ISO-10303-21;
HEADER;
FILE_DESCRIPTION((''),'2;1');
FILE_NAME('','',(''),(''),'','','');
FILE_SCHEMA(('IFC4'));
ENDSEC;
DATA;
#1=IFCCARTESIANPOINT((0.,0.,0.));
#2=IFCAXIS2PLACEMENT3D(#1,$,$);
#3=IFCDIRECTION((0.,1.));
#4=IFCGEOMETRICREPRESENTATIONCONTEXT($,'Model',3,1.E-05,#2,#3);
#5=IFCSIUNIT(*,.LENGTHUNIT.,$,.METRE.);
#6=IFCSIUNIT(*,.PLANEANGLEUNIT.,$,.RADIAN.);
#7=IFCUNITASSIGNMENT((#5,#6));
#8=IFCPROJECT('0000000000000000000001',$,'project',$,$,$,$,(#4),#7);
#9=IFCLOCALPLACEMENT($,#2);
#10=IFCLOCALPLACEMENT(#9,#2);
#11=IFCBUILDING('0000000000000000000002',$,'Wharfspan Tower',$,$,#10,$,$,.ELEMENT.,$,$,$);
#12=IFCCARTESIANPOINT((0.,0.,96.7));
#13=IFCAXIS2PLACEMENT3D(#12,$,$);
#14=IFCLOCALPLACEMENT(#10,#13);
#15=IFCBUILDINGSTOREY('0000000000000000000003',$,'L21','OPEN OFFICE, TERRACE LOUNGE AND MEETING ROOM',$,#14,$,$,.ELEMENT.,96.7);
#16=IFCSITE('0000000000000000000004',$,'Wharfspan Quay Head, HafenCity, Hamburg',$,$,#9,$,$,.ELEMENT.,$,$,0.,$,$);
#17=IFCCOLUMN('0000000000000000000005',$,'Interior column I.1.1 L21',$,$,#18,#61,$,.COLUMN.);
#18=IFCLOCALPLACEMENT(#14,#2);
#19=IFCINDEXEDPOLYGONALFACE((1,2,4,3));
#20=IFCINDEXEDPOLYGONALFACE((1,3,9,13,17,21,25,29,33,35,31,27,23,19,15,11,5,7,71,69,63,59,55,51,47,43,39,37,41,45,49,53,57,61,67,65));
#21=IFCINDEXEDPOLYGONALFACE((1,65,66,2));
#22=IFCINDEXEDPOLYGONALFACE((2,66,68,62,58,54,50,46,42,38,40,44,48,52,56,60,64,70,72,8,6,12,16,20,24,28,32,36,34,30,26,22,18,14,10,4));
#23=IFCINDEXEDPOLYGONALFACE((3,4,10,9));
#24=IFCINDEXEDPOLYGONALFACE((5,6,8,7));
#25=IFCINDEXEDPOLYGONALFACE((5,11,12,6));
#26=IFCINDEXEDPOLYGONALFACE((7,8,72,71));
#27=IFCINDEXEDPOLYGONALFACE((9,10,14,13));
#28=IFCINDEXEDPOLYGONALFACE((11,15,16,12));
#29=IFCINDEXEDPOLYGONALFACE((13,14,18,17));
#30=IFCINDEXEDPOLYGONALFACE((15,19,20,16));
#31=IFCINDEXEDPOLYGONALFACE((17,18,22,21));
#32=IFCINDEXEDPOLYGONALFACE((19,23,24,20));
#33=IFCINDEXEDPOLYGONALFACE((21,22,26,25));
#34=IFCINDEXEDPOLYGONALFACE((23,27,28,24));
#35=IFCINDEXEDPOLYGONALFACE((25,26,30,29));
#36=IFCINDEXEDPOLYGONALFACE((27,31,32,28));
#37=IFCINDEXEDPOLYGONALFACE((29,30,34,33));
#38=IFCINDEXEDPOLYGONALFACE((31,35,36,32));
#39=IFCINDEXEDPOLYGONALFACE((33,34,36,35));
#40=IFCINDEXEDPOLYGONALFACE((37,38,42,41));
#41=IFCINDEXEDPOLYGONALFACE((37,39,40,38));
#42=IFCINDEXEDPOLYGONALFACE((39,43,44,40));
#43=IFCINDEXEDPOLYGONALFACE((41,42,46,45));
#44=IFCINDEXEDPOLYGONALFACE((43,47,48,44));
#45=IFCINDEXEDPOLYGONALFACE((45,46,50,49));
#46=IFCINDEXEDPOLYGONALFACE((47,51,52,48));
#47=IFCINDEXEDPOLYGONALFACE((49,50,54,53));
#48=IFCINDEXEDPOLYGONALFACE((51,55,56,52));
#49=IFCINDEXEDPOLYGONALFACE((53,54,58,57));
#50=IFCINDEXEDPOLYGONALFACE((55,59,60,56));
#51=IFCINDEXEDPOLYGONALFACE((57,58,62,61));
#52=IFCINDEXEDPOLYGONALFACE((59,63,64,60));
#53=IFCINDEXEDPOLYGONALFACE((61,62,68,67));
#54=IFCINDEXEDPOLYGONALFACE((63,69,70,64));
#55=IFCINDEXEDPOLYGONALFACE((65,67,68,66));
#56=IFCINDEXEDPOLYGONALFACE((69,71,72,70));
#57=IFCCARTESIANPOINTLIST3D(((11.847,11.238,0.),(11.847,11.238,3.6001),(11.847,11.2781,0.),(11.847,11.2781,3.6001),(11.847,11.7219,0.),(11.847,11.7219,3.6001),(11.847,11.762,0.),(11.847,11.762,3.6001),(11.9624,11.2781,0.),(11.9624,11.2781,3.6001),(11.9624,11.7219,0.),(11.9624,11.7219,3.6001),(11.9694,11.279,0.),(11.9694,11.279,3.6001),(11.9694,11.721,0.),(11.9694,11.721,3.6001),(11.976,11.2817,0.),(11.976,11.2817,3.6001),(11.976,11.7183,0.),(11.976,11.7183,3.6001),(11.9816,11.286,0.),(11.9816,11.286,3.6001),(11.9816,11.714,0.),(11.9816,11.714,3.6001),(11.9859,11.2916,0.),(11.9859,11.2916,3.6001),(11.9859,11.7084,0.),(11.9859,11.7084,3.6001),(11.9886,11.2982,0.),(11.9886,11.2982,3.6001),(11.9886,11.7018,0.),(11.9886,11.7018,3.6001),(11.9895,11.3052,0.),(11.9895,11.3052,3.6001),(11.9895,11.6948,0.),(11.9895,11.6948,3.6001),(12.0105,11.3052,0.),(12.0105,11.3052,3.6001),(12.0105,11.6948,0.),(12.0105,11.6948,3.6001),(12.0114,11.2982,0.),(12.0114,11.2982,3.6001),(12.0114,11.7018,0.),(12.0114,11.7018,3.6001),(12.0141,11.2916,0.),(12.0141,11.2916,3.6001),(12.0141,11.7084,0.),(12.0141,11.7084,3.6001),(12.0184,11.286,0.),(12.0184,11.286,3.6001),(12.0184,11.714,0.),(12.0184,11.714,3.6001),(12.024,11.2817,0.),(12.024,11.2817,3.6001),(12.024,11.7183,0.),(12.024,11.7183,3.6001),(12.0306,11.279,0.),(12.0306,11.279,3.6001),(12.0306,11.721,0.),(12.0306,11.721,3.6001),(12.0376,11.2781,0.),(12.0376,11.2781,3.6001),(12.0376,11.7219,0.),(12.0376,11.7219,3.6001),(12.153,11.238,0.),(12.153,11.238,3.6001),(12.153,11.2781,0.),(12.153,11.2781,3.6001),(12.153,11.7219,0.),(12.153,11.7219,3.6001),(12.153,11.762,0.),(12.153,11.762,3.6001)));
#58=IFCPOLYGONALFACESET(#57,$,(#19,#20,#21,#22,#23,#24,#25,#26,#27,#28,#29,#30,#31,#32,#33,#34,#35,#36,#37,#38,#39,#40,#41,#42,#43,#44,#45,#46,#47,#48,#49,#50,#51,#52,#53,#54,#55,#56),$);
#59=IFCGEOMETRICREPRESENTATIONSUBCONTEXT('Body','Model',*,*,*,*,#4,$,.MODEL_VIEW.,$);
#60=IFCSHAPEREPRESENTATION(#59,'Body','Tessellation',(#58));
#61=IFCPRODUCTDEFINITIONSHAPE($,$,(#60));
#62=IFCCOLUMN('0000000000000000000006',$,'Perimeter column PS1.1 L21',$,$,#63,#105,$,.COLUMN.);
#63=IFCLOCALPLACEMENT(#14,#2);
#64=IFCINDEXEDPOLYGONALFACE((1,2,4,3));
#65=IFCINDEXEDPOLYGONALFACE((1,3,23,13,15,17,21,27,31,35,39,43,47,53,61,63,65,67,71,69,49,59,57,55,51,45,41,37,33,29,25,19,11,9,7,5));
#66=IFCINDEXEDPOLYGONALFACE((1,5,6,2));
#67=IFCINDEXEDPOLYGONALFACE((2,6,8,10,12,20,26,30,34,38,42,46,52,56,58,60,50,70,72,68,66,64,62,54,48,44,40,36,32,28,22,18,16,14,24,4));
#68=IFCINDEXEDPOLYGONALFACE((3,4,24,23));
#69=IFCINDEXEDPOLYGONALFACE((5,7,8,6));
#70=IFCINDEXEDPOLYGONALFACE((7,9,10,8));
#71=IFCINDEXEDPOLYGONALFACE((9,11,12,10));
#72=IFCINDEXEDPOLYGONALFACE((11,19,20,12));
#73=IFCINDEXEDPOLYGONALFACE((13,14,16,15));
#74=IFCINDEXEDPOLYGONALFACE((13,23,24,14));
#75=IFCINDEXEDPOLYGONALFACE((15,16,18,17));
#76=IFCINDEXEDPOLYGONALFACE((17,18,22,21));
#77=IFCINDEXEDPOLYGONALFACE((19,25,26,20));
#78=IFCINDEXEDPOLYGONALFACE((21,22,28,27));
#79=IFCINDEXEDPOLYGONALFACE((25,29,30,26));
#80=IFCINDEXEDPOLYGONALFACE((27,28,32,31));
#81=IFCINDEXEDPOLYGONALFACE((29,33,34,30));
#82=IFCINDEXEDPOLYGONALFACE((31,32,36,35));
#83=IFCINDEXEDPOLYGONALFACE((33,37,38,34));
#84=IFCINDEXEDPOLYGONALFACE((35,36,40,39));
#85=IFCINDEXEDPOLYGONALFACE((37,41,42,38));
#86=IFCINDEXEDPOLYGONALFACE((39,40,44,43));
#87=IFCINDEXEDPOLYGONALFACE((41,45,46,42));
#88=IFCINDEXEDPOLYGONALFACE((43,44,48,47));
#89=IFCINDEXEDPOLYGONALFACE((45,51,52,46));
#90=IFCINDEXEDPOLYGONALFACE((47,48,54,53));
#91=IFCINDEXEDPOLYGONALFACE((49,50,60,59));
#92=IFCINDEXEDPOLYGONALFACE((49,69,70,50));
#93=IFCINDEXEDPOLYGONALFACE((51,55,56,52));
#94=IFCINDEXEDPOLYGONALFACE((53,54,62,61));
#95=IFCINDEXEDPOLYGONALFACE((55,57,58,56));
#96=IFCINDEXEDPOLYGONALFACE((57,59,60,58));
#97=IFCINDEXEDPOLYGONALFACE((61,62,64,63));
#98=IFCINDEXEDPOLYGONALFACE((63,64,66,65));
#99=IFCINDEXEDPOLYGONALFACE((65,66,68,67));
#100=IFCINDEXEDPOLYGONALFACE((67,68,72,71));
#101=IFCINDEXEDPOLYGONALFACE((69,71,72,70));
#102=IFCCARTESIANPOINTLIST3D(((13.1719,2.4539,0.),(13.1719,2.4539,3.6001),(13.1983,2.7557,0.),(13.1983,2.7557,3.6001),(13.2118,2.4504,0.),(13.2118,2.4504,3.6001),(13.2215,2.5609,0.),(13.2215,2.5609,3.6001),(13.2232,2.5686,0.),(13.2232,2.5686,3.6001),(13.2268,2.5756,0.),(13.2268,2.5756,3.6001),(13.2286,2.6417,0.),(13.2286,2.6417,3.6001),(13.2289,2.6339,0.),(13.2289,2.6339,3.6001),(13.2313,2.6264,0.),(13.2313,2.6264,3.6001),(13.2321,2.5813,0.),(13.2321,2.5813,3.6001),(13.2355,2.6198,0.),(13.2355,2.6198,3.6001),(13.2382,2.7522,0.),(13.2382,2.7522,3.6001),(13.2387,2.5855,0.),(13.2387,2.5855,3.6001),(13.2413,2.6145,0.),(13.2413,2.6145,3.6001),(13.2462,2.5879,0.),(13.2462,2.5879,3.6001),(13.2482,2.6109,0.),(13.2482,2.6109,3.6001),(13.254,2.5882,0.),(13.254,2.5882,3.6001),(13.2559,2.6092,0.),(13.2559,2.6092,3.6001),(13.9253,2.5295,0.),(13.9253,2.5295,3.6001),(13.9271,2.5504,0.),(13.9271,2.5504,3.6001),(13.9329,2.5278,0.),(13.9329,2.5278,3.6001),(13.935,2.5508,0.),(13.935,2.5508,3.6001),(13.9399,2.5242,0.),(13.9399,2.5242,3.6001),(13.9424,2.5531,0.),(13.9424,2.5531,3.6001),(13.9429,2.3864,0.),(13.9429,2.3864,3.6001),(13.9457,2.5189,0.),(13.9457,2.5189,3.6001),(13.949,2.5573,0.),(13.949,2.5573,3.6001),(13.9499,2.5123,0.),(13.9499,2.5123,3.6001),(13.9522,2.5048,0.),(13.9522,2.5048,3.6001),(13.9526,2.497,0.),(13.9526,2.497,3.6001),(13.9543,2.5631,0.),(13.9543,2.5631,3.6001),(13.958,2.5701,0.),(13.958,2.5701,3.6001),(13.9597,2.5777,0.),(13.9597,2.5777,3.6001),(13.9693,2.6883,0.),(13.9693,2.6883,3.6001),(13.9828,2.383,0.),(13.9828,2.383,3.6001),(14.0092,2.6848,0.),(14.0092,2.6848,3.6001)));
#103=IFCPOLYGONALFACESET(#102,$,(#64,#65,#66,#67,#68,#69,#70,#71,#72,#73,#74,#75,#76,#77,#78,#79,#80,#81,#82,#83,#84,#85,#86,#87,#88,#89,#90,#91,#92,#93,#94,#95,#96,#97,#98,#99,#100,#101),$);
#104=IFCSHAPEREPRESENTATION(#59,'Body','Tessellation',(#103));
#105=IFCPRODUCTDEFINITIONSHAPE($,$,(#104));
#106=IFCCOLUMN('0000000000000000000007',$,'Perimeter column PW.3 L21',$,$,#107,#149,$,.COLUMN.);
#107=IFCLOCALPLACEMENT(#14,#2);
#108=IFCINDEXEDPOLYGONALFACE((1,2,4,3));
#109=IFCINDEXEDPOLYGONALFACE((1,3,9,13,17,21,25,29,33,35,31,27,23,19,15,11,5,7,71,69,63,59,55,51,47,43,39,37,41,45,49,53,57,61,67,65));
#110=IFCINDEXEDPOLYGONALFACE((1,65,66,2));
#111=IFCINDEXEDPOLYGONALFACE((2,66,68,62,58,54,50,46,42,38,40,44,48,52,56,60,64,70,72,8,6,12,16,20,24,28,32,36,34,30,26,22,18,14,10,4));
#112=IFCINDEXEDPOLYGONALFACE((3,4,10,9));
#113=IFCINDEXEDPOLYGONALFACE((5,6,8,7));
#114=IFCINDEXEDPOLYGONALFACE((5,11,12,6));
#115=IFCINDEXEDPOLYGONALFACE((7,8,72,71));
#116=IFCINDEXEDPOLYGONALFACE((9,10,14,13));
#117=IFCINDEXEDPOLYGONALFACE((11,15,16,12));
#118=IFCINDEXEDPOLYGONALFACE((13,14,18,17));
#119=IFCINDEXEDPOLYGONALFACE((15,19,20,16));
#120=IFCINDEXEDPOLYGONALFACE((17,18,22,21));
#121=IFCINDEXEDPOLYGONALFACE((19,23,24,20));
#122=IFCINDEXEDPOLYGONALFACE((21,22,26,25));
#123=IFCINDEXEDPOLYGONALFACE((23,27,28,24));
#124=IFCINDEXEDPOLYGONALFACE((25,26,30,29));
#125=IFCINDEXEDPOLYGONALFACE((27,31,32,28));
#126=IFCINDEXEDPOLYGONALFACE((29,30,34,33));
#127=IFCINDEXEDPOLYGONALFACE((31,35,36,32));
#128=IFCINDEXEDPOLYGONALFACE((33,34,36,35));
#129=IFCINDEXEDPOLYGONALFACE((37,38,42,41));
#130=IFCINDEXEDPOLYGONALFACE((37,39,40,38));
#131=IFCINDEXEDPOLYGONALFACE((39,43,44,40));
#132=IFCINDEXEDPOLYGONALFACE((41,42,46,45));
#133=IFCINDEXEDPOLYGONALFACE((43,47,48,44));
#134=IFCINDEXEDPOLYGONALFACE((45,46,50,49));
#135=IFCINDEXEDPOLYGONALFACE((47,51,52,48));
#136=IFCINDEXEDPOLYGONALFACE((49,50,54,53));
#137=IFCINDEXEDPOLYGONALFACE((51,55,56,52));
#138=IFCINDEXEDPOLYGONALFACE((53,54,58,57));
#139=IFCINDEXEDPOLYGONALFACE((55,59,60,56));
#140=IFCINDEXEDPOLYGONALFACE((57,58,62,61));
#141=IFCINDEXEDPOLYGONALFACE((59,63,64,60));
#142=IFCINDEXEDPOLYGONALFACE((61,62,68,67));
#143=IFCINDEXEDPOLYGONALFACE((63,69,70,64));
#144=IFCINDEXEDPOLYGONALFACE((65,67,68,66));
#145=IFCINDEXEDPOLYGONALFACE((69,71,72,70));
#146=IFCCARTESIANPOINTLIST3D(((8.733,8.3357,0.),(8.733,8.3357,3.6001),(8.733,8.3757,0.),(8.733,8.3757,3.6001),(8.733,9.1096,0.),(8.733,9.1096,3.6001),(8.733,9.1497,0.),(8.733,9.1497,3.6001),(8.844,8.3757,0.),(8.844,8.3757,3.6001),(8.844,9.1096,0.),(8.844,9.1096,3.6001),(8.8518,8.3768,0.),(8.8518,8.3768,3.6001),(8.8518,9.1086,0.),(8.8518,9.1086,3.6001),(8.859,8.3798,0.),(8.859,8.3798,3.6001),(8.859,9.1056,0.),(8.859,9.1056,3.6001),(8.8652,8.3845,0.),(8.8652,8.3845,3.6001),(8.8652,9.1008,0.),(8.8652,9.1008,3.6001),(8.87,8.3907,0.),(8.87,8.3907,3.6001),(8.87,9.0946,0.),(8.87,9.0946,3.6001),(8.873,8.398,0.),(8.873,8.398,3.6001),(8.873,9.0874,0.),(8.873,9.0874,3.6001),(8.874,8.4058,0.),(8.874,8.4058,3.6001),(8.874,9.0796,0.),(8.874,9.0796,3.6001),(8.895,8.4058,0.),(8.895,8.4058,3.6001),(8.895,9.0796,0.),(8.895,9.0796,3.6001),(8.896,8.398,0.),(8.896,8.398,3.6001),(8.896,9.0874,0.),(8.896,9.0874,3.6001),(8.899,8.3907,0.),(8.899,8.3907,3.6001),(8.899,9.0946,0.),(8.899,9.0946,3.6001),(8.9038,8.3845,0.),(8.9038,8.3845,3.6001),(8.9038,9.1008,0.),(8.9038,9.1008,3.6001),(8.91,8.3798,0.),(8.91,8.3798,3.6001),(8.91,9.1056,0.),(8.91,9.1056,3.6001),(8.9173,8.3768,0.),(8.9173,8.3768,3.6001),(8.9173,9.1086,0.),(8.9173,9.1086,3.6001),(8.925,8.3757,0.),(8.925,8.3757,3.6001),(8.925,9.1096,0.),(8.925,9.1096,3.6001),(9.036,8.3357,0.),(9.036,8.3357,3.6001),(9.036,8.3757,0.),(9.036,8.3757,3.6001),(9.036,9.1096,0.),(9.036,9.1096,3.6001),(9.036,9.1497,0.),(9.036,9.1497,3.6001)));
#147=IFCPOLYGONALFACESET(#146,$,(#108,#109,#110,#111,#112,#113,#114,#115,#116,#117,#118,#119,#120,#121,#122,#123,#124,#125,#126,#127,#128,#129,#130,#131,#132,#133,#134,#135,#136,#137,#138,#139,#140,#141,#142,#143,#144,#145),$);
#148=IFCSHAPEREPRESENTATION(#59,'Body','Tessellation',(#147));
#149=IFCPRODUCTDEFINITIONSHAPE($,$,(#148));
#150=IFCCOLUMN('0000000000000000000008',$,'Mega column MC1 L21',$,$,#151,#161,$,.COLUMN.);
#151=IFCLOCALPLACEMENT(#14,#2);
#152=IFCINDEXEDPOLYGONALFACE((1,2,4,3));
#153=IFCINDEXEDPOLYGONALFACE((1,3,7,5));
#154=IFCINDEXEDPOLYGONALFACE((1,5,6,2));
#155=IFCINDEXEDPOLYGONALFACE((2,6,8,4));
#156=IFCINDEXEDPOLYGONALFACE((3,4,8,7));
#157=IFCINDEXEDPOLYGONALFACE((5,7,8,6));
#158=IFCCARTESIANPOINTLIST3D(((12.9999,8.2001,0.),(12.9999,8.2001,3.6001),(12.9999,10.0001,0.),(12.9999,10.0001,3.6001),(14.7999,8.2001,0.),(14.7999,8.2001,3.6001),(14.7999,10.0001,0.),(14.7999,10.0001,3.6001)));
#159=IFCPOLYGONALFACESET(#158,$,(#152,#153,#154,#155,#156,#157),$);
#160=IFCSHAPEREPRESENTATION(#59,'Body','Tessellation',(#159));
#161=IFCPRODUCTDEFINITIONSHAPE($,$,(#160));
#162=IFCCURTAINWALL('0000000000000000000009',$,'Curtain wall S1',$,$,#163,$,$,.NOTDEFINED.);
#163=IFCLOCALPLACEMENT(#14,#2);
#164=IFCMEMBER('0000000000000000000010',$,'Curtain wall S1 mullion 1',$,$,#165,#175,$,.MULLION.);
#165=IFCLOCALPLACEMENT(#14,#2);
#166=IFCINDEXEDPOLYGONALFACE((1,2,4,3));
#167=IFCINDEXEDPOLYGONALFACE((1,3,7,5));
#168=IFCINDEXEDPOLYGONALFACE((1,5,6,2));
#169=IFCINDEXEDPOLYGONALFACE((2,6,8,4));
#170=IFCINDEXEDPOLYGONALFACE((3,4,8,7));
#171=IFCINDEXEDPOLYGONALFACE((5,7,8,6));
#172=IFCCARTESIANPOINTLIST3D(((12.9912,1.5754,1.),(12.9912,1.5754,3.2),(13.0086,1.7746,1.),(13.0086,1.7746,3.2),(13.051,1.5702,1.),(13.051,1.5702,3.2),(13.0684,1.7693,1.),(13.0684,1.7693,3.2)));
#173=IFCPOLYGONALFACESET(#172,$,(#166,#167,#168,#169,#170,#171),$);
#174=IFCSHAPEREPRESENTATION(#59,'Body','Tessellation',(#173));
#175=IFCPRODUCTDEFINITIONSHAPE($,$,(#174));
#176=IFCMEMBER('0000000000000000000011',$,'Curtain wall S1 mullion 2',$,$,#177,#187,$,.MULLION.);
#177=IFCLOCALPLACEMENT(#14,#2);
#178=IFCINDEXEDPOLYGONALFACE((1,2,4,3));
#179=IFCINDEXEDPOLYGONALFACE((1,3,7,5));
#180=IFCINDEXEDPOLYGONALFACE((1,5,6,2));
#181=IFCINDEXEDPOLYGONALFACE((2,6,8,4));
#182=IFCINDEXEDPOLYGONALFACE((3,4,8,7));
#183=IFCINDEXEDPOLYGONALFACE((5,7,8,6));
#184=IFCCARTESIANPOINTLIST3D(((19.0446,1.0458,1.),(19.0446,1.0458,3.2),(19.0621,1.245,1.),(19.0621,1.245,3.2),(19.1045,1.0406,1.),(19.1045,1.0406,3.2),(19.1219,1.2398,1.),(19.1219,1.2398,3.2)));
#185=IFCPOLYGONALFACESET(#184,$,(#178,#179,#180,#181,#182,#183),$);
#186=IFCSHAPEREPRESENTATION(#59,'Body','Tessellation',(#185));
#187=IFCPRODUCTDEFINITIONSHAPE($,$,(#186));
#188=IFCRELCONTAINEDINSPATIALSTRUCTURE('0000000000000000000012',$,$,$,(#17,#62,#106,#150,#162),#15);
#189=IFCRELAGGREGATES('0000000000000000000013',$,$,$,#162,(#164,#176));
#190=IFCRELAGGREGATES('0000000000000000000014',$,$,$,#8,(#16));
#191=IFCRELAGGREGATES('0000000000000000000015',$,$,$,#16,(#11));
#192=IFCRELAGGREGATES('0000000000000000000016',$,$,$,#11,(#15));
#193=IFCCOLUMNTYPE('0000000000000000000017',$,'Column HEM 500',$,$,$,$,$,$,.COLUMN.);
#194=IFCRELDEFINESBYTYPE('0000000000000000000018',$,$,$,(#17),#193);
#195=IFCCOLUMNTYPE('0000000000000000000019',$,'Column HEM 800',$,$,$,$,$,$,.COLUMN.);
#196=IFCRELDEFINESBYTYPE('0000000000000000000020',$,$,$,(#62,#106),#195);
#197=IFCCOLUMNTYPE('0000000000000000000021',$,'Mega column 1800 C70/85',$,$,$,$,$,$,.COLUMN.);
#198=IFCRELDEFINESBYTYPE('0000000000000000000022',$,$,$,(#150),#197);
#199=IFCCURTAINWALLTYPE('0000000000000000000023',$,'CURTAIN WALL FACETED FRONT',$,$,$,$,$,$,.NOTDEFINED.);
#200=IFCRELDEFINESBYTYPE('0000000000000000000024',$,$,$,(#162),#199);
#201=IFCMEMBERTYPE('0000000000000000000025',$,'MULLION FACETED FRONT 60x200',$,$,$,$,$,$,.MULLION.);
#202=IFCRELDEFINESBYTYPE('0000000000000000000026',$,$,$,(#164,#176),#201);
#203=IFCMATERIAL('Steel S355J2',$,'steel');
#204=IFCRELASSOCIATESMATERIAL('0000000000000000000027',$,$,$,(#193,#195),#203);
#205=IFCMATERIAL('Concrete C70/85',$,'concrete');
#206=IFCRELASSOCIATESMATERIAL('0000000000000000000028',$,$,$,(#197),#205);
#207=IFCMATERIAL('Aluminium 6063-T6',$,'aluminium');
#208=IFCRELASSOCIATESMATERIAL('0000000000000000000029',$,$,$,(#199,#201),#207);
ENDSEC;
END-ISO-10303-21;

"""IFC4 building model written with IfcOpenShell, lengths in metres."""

from ifc_helpers import new_model, si_unit, direction, frame, origin, origin_2d, place, context, subcontext, project, spatial, rectangle, i_section, extrude, material, material_profile, profile_set, type_object, element, aggregate, save


model = new_model("IFC4")

# Units and contexts
model_context = context("Model", 3, precision=1e-05, world=origin(), true_north=direction((0.0, 1.0)))
body_context = subcontext(model_context, "Body", "Model", "MODEL_VIEW")
ifc_project = project(units=[si_unit("LENGTHUNIT", "METRE"), si_unit("PLANEANGLEUNIT", "RADIAN")], contexts=[model_context])

# Site, building, storey
site_placement = place(None, origin())
site = spatial("IfcSite", under=ifc_project, at=site_placement, Name="Wharfspan Quay Head, HafenCity, Hamburg", CompositionType="ELEMENT", RefElevation=0.0)
building_placement = place(site_placement, origin())
building = spatial("IfcBuilding", under=site, at=building_placement, Name="Wharfspan Tower", CompositionType="ELEMENT")
storey_placement = place(building_placement, frame((0.0, 0.0, 96.7)))
storey = spatial("IfcBuildingStorey", under=building, at=storey_placement, Name="L21", Description="OPEN OFFICE, TERRACE LOUNGE AND MEETING ROOM", CompositionType="ELEMENT", Elevation=96.7)

# Columns
ifc_material_1 = material(Name="Steel S355J2", Category="steel")
ifc_material_profile_1 = material_profile(ifc_material_1, i_section(OverallWidth=0.3059, OverallDepth=0.5239, WebThickness=0.021, FlangeThickness=0.04, FilletRadius=0.0271, at=origin_2d()))
ifc_profile_set_1 = profile_set([ifc_material_profile_1], Name="Steel S355J2")
column_type_1 = type_object("IfcColumnType", Name="Column HEM 500", PredefinedType="COLUMN", material=ifc_profile_set_1)
column_1_placement = place(storey_placement, frame((12.0, 11.5, 0.0), z_axis=(0.0, 0.0, 1.0), x_axis=(1.0, 0.0, 0.0)))
element("IfcColumn", 1, at=column_1_placement, inside=storey, type_object=column_type_1, Name="Interior column I.1.1 L21", PredefinedType="COLUMN", context=body_context, shape_type="SweptSolid", body=[
    extrude(i_section(OverallWidth=0.3059, OverallDepth=0.5239, WebThickness=0.021, FlangeThickness=0.04, FilletRadius=0.0271, at=origin_2d()), origin(), (0.0, 0.0, 1.0), 3.6001),
])
ifc_material_profile_2 = material_profile(ifc_material_1, i_section(OverallWidth=0.303, OverallDepth=0.814, WebThickness=0.021, FlangeThickness=0.04, FilletRadius=0.03, at=origin_2d()))
ifc_profile_set_2 = profile_set([ifc_material_profile_2], Name="Steel S355J2")
column_type_2 = type_object("IfcColumnType", Name="Column HEM 800", PredefinedType="COLUMN", material=ifc_profile_set_2)
for number, where, z_axis, x_axis, name in (
    (2, (13.5906, 2.5693, 0.0), (0.0, 0.0, 1.0), (-0.087156, -0.996198, 0.0), "Perimeter column PS1.1 L21"),
    (3, (8.8845, 8.7427, 0.0), (0.0, 0.0, 1.0), (-1.0, 0.0, 0.0), "Perimeter column PW.3 L21"),
):
    element("IfcColumn", number, at=place(storey_placement, frame(where, z_axis=z_axis, x_axis=x_axis)), inside=storey, type_object=column_type_2, Name=name, PredefinedType="COLUMN", context=body_context, shape_type="SweptSolid", body=[
        extrude(i_section(OverallWidth=0.303, OverallDepth=0.814, WebThickness=0.021, FlangeThickness=0.04, FilletRadius=0.03, at=origin_2d()), origin(), (0.0, 0.0, 1.0), 3.6001),
    ])
ifc_material_2 = material(Name="Concrete C70/85", Category="concrete")
ifc_material_profile_3 = material_profile(ifc_material_2, rectangle(XDim=1.8, YDim=1.8, at=origin_2d()))
ifc_profile_set_3 = profile_set([ifc_material_profile_3], Name="Concrete C70/85")
column_type_3 = type_object("IfcColumnType", Name="Mega column 1800 C70/85", PredefinedType="COLUMN", material=ifc_profile_set_3)
column_2_placement = place(storey_placement, frame((13.8999, 9.1001, 0.0), z_axis=(0.0, 0.0, 1.0), x_axis=(1.0, 0.0, 0.0)))
element("IfcColumn", 4, at=column_2_placement, inside=storey, type_object=column_type_3, Name="Mega column MC1 L21", PredefinedType="COLUMN", context=body_context, shape_type="SweptSolid", body=[
    extrude(rectangle(XDim=1.8, YDim=1.8, at=origin_2d()), origin(), (0.0, 0.0, 1.0), 3.6001),
])

# Curtain wall, members
ifc_material_3 = material(Name="Aluminium 6063-T6", Category="aluminium")
curtain_wall_type_1 = type_object("IfcCurtainWallType", Name="CURTAIN WALL FACETED FRONT", PredefinedType="NOTDEFINED", material=ifc_material_3)
curtain_wall_1_placement = place(storey_placement, origin())
curtain_wall_1 = element("IfcCurtainWall", 5, at=curtain_wall_1_placement, inside=storey, type_object=curtain_wall_type_1, Name="Curtain wall S1", PredefinedType="NOTDEFINED")
ifc_material_profile_4 = material_profile(ifc_material_3, rectangle(XDim=0.2, YDim=0.0601, at=origin_2d()))
ifc_profile_set_4 = profile_set([ifc_material_profile_4], Name="Aluminium 6063-T6")
member_type_1 = type_object("IfcMemberType", Name="MULLION FACETED FRONT 60x200", PredefinedType="MULLION", material=ifc_profile_set_4)
member_1_placement = place(storey_placement, frame((13.0298, 1.6724, 1.0), z_axis=(0.0, 0.0, 1.0), x_axis=(0.087156, 0.996198, 0.0)))
member_1 = element("IfcMember", 6, at=member_1_placement, type_object=member_type_1, Name="Curtain wall S1 mullion 1", PredefinedType="MULLION", context=body_context, shape_type="SweptSolid", body=[
    extrude(rectangle(XDim=0.2, YDim=0.0601, at=origin_2d()), origin(), (0.0, 0.0, 1.0), 2.2),
])
member_2_placement = place(storey_placement, frame((19.0833, 1.1428, 1.0), z_axis=(0.0, 0.0, 1.0), x_axis=(0.087156, 0.996198, 0.0)))
member_2 = element("IfcMember", 7, at=member_2_placement, type_object=member_type_1, Name="Curtain wall S1 mullion 2", PredefinedType="MULLION", context=body_context, shape_type="SweptSolid", body=[
    extrude(rectangle(XDim=0.2, YDim=0.0601, at=origin_2d()), origin(), (0.0, 0.0, 1.0), 2.2),
])

aggregate(curtain_wall_1, [member_1, member_2])

save(model, "model.ifc")
